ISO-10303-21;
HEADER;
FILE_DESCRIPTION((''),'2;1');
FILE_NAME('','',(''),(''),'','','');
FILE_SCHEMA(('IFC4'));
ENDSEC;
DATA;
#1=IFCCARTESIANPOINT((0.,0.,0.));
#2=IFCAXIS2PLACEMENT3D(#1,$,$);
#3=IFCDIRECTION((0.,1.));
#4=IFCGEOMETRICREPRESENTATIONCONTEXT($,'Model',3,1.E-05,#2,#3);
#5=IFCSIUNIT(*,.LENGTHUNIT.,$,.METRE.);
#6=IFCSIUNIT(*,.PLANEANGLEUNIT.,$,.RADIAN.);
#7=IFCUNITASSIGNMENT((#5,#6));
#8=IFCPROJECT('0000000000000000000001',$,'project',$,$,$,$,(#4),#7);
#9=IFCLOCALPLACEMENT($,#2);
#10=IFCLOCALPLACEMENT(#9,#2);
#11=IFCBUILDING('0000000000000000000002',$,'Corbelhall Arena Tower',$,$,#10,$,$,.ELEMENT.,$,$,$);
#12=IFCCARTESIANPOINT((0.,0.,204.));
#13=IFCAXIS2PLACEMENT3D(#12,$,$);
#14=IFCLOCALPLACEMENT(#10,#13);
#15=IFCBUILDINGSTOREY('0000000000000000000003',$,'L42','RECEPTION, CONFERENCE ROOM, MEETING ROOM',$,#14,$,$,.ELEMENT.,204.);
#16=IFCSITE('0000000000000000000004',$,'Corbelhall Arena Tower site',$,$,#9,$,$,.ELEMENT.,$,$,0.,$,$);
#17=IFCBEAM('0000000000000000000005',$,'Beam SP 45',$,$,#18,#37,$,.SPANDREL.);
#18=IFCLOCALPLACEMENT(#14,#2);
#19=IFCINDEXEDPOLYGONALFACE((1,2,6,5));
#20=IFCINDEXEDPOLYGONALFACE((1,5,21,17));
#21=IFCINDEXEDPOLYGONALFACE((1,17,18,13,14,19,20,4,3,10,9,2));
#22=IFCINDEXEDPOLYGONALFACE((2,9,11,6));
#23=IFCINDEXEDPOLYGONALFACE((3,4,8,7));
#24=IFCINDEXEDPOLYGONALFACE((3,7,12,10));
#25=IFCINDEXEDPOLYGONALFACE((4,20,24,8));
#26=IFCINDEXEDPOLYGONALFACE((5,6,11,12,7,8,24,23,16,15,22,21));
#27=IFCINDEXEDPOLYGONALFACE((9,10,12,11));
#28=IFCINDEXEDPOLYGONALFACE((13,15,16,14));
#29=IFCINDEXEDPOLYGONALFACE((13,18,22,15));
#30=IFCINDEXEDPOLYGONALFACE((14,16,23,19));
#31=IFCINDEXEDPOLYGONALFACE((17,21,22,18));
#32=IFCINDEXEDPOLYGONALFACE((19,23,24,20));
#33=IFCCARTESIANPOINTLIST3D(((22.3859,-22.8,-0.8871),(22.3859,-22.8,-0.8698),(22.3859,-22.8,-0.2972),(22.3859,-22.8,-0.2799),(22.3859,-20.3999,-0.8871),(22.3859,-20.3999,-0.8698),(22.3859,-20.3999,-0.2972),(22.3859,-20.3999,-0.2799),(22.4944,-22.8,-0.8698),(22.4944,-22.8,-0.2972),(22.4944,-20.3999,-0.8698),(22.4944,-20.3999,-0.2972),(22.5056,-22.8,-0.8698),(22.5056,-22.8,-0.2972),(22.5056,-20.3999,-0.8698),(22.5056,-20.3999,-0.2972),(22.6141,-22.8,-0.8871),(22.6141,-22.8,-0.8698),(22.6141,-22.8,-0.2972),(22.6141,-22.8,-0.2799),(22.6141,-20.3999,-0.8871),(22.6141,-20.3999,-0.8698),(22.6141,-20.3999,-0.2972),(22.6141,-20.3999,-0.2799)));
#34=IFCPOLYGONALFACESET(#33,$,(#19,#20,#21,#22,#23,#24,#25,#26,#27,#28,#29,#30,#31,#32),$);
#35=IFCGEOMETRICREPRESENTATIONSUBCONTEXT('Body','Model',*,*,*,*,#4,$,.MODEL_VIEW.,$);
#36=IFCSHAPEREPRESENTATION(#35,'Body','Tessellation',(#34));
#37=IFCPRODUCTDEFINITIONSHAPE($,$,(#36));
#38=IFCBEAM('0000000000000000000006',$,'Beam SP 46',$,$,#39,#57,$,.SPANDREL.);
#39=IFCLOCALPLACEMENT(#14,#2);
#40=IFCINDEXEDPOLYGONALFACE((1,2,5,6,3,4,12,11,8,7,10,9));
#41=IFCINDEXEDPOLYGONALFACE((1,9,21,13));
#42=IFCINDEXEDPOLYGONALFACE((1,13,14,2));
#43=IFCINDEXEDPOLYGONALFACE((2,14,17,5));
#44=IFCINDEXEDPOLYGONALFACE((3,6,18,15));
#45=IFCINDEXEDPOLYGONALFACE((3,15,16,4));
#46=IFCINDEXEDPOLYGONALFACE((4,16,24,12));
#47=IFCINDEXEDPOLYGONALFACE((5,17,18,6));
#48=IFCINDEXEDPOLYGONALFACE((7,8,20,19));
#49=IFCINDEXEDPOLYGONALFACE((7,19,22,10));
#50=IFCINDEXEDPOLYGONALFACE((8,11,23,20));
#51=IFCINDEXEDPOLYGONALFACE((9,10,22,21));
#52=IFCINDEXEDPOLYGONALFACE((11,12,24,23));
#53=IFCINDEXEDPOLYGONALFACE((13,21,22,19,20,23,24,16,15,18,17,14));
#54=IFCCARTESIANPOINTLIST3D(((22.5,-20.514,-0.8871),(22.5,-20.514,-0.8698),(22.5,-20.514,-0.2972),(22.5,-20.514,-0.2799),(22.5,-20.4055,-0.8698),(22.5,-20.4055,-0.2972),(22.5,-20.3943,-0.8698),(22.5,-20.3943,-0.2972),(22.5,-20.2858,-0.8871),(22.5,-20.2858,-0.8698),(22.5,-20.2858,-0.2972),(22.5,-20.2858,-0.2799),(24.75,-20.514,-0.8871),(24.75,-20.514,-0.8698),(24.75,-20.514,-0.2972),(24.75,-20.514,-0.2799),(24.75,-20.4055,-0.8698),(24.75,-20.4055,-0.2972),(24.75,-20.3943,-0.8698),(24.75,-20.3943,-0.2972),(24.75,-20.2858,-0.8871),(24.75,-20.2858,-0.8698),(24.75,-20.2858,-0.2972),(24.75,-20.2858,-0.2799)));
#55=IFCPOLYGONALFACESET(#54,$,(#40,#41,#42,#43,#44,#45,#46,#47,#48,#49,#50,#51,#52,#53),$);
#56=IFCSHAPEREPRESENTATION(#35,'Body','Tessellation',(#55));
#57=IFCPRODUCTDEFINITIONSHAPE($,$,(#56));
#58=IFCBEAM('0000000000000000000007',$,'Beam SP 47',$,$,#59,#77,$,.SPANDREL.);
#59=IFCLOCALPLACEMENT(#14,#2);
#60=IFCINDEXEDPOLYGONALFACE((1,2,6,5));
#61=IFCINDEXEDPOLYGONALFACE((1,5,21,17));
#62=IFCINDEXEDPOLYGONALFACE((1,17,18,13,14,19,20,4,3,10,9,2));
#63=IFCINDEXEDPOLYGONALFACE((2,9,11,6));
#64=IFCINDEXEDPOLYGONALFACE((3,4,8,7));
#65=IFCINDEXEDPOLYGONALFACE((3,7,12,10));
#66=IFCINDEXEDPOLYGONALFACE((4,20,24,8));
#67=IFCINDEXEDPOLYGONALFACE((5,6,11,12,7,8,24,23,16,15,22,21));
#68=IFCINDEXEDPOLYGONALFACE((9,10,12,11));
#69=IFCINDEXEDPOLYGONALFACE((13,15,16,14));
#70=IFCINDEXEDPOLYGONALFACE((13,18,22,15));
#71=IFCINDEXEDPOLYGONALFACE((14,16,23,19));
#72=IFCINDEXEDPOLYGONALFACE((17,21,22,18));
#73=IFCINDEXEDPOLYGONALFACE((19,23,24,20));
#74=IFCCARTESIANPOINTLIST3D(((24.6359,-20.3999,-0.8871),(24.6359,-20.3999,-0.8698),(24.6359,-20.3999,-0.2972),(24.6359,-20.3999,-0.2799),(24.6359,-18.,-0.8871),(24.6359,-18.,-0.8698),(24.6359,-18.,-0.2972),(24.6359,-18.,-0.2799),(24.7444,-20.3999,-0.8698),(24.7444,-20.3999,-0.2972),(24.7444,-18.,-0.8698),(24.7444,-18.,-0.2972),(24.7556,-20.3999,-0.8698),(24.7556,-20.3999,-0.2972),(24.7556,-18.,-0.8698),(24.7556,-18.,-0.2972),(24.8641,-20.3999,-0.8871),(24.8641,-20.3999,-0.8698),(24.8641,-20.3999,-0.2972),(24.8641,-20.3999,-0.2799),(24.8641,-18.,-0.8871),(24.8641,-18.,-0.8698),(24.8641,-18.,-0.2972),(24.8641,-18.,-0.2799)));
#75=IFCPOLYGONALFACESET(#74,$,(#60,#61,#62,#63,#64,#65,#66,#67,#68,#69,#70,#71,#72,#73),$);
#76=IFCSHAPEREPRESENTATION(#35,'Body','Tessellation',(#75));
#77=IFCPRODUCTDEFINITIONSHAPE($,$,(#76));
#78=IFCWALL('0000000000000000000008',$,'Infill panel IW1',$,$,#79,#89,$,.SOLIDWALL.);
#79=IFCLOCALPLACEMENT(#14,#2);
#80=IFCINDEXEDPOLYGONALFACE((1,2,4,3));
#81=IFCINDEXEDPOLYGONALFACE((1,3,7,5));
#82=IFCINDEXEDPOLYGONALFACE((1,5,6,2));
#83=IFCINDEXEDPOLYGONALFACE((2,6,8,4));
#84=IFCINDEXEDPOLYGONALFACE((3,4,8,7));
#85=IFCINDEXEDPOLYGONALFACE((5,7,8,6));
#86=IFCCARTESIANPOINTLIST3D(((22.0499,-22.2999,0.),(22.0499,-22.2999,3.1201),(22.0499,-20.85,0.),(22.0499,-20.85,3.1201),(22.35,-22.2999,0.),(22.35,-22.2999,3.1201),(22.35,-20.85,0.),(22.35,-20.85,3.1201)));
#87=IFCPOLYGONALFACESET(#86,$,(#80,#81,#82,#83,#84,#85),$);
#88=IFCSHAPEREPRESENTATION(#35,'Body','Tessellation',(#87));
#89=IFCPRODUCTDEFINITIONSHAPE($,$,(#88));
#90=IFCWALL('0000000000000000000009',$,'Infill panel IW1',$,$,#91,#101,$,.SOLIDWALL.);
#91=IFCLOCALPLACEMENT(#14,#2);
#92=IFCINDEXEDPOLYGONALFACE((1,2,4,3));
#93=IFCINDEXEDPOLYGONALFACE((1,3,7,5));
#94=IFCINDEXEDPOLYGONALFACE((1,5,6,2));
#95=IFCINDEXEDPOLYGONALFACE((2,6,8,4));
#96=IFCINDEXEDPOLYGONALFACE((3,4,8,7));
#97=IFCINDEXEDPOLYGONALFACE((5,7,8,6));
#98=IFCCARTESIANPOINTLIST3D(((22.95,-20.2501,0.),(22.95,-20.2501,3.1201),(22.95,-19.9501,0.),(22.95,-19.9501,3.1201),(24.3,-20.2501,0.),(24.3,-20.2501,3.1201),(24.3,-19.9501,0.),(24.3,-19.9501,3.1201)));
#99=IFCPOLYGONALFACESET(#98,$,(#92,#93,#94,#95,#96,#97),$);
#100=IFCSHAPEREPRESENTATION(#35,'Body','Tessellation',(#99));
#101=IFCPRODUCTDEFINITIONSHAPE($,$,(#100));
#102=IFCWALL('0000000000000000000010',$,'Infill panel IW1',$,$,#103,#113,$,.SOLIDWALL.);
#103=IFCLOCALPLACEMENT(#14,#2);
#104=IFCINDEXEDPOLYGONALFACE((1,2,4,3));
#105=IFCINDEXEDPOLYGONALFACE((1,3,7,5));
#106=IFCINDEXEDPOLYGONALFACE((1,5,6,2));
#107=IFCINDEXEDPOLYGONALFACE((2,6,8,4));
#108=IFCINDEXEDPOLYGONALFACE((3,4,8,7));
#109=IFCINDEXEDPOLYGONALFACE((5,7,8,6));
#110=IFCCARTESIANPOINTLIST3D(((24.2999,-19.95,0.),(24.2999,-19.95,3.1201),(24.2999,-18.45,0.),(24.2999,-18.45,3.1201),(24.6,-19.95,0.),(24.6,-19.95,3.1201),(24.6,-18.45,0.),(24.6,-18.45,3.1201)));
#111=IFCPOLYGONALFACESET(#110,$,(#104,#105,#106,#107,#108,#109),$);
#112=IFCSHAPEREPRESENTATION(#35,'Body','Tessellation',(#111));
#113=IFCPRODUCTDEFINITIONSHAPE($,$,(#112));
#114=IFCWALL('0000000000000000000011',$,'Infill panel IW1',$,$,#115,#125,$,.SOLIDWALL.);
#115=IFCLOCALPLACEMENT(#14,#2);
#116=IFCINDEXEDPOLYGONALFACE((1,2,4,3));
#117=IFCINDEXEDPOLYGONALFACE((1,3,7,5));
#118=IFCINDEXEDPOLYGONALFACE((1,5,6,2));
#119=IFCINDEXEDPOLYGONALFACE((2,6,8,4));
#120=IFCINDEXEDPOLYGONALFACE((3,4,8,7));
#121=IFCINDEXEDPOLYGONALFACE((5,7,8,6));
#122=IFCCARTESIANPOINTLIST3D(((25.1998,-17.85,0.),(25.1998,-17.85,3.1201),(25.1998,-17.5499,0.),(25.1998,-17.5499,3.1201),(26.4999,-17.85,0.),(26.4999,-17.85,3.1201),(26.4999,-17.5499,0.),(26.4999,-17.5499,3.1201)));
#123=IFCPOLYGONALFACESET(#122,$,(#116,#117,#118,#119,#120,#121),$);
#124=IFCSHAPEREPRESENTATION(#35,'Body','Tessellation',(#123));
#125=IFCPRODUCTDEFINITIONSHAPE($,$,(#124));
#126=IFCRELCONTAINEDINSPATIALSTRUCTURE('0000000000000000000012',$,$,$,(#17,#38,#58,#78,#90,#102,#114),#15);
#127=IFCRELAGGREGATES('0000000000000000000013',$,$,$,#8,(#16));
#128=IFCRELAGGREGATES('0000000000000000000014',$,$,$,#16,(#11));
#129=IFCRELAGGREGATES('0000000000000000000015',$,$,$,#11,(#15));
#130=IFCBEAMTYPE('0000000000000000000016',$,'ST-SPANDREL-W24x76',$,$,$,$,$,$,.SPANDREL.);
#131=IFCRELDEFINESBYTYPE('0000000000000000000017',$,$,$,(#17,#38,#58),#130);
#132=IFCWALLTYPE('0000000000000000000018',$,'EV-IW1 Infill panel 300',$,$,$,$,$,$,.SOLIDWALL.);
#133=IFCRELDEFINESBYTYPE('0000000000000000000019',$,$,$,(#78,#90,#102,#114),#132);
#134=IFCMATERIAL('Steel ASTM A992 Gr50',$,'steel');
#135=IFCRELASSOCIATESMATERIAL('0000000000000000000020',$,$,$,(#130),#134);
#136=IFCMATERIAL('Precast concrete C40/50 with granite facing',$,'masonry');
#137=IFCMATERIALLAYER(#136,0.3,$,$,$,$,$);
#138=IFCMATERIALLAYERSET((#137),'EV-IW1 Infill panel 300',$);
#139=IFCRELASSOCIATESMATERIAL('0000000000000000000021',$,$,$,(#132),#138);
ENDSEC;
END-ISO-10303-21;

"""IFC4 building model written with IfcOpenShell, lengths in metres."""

from ifc_helpers import new_model, si_unit, direction, frame, frame_2d, origin, origin_2d, place, context, subcontext, project, spatial, rectangle, i_section, extrude, material, layer, layer_set, material_profile, profile_set, type_object, element, save


model = new_model("IFC4")

# Units and contexts
model_context = context("Model", 3, precision=1e-05, world=origin(), true_north=direction((0.0, 1.0)))
body_context = subcontext(model_context, "Body", "Model", "MODEL_VIEW")
ifc_project = project(units=[si_unit("LENGTHUNIT", "METRE"), si_unit("PLANEANGLEUNIT", "RADIAN")], contexts=[model_context])

# Site, building, storey
site_placement = place(None, origin())
site = spatial("IfcSite", under=ifc_project, at=site_placement, Name="Corbelhall Arena Tower site", CompositionType="ELEMENT", RefElevation=0.0)
building_placement = place(site_placement, origin())
building = spatial("IfcBuilding", under=site, at=building_placement, Name="Corbelhall Arena Tower", CompositionType="ELEMENT")
storey_placement = place(building_placement, frame((0.0, 0.0, 204.0)))
storey = spatial("IfcBuildingStorey", under=building, at=storey_placement, Name="L42", Description="RECEPTION, CONFERENCE ROOM, MEETING ROOM", CompositionType="ELEMENT", Elevation=204.0)

# Beams
ifc_material_1 = material(Name="Steel ASTM A992 Gr50", Category="steel")
ifc_material_profile_1 = material_profile(ifc_material_1, i_section(OverallWidth=0.2283, OverallDepth=0.6072, WebThickness=0.0112, FlangeThickness=0.0173, at=origin_2d()))
ifc_profile_set_1 = profile_set([ifc_material_profile_1], Name="Steel ASTM A992 Gr50")
beam_type = type_object("IfcBeamType", Name="ST-SPANDREL-W24x76", PredefinedType="SPANDREL", material=ifc_profile_set_1)
beam_1_placement = place(storey_placement, frame((22.5, -20.3999, -0.5835), z_axis=(0.0, -1.0, 0.0), x_axis=(1.0, 0.0, 0.0)))
element("IfcBeam", 1, at=beam_1_placement, inside=storey, type_object=beam_type, Name="Beam SP 45", PredefinedType="SPANDREL", context=body_context, shape_type="SweptSolid", body=[
    extrude(i_section(OverallWidth=0.2283, OverallDepth=0.6072, WebThickness=0.0112, FlangeThickness=0.0173, at=origin_2d()), origin(), (0.0, 0.0, 1.0), 2.4001),
])
beam_2_placement = place(storey_placement, frame((24.75, -20.3999, -0.5835), z_axis=(-1.0, 0.0, 0.0), x_axis=(0.0, -1.0, 0.0)))
element("IfcBeam", 2, at=beam_2_placement, inside=storey, type_object=beam_type, Name="Beam SP 46", PredefinedType="SPANDREL", context=body_context, shape_type="SweptSolid", body=[
    extrude(i_section(OverallWidth=0.2283, OverallDepth=0.6072, WebThickness=0.0112, FlangeThickness=0.0173, at=origin_2d()), origin(), (0.0, 0.0, 1.0), 2.25),
])
beam_3_placement = place(storey_placement, frame((24.75, -18.0, -0.5835), z_axis=(0.0, -1.0, 0.0), x_axis=(1.0, 0.0, 0.0)))
element("IfcBeam", 3, at=beam_3_placement, inside=storey, type_object=beam_type, Name="Beam SP 47", PredefinedType="SPANDREL", context=body_context, shape_type="SweptSolid", body=[
    extrude(i_section(OverallWidth=0.2283, OverallDepth=0.6072, WebThickness=0.0112, FlangeThickness=0.0173, at=origin_2d()), origin(), (0.0, 0.0, 1.0), 2.3999),
])

# Shared definitions
ifc_material_2 = material(Name="Precast concrete C40/50 with granite facing", Category="masonry")
ifc_layer_1 = layer(ifc_material_2, 0.3)
ifc_layer_set_1 = layer_set([ifc_layer_1], Name="EV-IW1 Infill panel 300")
wall_type_1 = type_object("IfcWallType", Name="EV-IW1 Infill panel 300", PredefinedType="SOLIDWALL", material=ifc_layer_set_1)

# Walls
wall_1_placement = place(storey_placement, frame((22.2, -22.3, 0.0), z_axis=(0.0, 0.0, 1.0), x_axis=(0.0, 1.0, 0.0)))
element("IfcWall", 4, at=wall_1_placement, inside=storey, type_object=wall_type_1, Name="Infill panel IW1", PredefinedType="SOLIDWALL", context=body_context, shape_type="SweptSolid", body=[
    extrude(rectangle(XDim=1.45, YDim=0.3, at=frame_2d((0.7251, 0.0))), origin(), (0.0, 0.0, 1.0), 3.1201),
])
wall_2_placement = place(storey_placement, frame((22.95, -20.1001, 0.0), z_axis=(0.0, 0.0, 1.0), x_axis=(1.0, 0.0, 0.0)))
element("IfcWall", 5, at=wall_2_placement, inside=storey, type_object=wall_type_1, Name="Infill panel IW1", PredefinedType="SOLIDWALL", context=body_context, shape_type="SweptSolid", body=[
    extrude(rectangle(XDim=1.3501, YDim=0.3, at=frame_2d((0.675, 0.0))), origin(), (0.0, 0.0, 1.0), 3.1201),
])
wall_3_placement = place(storey_placement, frame((24.45, -19.95, 0.0), z_axis=(0.0, 0.0, 1.0), x_axis=(0.0, 1.0, 0.0)))
element("IfcWall", 6, at=wall_3_placement, inside=storey, type_object=wall_type_1, Name="Infill panel IW1", PredefinedType="SOLIDWALL", context=body_context, shape_type="SweptSolid", body=[
    extrude(rectangle(XDim=1.5, YDim=0.3, at=frame_2d((0.75, 0.0))), origin(), (0.0, 0.0, 1.0), 3.1201),
])
wall_4_placement = place(storey_placement, frame((25.2, -17.7, 0.0), z_axis=(0.0, 0.0, 1.0), x_axis=(1.0, 0.0, 0.0)))
element("IfcWall", 7, at=wall_4_placement, inside=storey, type_object=wall_type_1, Name="Infill panel IW1", PredefinedType="SOLIDWALL", context=body_context, shape_type="SweptSolid", body=[
    extrude(rectangle(XDim=1.3, YDim=0.3, at=frame_2d((0.6499, 0.0))), origin(), (0.0, 0.0, 1.0), 3.1201),
])

save(model, "model.ifc")
